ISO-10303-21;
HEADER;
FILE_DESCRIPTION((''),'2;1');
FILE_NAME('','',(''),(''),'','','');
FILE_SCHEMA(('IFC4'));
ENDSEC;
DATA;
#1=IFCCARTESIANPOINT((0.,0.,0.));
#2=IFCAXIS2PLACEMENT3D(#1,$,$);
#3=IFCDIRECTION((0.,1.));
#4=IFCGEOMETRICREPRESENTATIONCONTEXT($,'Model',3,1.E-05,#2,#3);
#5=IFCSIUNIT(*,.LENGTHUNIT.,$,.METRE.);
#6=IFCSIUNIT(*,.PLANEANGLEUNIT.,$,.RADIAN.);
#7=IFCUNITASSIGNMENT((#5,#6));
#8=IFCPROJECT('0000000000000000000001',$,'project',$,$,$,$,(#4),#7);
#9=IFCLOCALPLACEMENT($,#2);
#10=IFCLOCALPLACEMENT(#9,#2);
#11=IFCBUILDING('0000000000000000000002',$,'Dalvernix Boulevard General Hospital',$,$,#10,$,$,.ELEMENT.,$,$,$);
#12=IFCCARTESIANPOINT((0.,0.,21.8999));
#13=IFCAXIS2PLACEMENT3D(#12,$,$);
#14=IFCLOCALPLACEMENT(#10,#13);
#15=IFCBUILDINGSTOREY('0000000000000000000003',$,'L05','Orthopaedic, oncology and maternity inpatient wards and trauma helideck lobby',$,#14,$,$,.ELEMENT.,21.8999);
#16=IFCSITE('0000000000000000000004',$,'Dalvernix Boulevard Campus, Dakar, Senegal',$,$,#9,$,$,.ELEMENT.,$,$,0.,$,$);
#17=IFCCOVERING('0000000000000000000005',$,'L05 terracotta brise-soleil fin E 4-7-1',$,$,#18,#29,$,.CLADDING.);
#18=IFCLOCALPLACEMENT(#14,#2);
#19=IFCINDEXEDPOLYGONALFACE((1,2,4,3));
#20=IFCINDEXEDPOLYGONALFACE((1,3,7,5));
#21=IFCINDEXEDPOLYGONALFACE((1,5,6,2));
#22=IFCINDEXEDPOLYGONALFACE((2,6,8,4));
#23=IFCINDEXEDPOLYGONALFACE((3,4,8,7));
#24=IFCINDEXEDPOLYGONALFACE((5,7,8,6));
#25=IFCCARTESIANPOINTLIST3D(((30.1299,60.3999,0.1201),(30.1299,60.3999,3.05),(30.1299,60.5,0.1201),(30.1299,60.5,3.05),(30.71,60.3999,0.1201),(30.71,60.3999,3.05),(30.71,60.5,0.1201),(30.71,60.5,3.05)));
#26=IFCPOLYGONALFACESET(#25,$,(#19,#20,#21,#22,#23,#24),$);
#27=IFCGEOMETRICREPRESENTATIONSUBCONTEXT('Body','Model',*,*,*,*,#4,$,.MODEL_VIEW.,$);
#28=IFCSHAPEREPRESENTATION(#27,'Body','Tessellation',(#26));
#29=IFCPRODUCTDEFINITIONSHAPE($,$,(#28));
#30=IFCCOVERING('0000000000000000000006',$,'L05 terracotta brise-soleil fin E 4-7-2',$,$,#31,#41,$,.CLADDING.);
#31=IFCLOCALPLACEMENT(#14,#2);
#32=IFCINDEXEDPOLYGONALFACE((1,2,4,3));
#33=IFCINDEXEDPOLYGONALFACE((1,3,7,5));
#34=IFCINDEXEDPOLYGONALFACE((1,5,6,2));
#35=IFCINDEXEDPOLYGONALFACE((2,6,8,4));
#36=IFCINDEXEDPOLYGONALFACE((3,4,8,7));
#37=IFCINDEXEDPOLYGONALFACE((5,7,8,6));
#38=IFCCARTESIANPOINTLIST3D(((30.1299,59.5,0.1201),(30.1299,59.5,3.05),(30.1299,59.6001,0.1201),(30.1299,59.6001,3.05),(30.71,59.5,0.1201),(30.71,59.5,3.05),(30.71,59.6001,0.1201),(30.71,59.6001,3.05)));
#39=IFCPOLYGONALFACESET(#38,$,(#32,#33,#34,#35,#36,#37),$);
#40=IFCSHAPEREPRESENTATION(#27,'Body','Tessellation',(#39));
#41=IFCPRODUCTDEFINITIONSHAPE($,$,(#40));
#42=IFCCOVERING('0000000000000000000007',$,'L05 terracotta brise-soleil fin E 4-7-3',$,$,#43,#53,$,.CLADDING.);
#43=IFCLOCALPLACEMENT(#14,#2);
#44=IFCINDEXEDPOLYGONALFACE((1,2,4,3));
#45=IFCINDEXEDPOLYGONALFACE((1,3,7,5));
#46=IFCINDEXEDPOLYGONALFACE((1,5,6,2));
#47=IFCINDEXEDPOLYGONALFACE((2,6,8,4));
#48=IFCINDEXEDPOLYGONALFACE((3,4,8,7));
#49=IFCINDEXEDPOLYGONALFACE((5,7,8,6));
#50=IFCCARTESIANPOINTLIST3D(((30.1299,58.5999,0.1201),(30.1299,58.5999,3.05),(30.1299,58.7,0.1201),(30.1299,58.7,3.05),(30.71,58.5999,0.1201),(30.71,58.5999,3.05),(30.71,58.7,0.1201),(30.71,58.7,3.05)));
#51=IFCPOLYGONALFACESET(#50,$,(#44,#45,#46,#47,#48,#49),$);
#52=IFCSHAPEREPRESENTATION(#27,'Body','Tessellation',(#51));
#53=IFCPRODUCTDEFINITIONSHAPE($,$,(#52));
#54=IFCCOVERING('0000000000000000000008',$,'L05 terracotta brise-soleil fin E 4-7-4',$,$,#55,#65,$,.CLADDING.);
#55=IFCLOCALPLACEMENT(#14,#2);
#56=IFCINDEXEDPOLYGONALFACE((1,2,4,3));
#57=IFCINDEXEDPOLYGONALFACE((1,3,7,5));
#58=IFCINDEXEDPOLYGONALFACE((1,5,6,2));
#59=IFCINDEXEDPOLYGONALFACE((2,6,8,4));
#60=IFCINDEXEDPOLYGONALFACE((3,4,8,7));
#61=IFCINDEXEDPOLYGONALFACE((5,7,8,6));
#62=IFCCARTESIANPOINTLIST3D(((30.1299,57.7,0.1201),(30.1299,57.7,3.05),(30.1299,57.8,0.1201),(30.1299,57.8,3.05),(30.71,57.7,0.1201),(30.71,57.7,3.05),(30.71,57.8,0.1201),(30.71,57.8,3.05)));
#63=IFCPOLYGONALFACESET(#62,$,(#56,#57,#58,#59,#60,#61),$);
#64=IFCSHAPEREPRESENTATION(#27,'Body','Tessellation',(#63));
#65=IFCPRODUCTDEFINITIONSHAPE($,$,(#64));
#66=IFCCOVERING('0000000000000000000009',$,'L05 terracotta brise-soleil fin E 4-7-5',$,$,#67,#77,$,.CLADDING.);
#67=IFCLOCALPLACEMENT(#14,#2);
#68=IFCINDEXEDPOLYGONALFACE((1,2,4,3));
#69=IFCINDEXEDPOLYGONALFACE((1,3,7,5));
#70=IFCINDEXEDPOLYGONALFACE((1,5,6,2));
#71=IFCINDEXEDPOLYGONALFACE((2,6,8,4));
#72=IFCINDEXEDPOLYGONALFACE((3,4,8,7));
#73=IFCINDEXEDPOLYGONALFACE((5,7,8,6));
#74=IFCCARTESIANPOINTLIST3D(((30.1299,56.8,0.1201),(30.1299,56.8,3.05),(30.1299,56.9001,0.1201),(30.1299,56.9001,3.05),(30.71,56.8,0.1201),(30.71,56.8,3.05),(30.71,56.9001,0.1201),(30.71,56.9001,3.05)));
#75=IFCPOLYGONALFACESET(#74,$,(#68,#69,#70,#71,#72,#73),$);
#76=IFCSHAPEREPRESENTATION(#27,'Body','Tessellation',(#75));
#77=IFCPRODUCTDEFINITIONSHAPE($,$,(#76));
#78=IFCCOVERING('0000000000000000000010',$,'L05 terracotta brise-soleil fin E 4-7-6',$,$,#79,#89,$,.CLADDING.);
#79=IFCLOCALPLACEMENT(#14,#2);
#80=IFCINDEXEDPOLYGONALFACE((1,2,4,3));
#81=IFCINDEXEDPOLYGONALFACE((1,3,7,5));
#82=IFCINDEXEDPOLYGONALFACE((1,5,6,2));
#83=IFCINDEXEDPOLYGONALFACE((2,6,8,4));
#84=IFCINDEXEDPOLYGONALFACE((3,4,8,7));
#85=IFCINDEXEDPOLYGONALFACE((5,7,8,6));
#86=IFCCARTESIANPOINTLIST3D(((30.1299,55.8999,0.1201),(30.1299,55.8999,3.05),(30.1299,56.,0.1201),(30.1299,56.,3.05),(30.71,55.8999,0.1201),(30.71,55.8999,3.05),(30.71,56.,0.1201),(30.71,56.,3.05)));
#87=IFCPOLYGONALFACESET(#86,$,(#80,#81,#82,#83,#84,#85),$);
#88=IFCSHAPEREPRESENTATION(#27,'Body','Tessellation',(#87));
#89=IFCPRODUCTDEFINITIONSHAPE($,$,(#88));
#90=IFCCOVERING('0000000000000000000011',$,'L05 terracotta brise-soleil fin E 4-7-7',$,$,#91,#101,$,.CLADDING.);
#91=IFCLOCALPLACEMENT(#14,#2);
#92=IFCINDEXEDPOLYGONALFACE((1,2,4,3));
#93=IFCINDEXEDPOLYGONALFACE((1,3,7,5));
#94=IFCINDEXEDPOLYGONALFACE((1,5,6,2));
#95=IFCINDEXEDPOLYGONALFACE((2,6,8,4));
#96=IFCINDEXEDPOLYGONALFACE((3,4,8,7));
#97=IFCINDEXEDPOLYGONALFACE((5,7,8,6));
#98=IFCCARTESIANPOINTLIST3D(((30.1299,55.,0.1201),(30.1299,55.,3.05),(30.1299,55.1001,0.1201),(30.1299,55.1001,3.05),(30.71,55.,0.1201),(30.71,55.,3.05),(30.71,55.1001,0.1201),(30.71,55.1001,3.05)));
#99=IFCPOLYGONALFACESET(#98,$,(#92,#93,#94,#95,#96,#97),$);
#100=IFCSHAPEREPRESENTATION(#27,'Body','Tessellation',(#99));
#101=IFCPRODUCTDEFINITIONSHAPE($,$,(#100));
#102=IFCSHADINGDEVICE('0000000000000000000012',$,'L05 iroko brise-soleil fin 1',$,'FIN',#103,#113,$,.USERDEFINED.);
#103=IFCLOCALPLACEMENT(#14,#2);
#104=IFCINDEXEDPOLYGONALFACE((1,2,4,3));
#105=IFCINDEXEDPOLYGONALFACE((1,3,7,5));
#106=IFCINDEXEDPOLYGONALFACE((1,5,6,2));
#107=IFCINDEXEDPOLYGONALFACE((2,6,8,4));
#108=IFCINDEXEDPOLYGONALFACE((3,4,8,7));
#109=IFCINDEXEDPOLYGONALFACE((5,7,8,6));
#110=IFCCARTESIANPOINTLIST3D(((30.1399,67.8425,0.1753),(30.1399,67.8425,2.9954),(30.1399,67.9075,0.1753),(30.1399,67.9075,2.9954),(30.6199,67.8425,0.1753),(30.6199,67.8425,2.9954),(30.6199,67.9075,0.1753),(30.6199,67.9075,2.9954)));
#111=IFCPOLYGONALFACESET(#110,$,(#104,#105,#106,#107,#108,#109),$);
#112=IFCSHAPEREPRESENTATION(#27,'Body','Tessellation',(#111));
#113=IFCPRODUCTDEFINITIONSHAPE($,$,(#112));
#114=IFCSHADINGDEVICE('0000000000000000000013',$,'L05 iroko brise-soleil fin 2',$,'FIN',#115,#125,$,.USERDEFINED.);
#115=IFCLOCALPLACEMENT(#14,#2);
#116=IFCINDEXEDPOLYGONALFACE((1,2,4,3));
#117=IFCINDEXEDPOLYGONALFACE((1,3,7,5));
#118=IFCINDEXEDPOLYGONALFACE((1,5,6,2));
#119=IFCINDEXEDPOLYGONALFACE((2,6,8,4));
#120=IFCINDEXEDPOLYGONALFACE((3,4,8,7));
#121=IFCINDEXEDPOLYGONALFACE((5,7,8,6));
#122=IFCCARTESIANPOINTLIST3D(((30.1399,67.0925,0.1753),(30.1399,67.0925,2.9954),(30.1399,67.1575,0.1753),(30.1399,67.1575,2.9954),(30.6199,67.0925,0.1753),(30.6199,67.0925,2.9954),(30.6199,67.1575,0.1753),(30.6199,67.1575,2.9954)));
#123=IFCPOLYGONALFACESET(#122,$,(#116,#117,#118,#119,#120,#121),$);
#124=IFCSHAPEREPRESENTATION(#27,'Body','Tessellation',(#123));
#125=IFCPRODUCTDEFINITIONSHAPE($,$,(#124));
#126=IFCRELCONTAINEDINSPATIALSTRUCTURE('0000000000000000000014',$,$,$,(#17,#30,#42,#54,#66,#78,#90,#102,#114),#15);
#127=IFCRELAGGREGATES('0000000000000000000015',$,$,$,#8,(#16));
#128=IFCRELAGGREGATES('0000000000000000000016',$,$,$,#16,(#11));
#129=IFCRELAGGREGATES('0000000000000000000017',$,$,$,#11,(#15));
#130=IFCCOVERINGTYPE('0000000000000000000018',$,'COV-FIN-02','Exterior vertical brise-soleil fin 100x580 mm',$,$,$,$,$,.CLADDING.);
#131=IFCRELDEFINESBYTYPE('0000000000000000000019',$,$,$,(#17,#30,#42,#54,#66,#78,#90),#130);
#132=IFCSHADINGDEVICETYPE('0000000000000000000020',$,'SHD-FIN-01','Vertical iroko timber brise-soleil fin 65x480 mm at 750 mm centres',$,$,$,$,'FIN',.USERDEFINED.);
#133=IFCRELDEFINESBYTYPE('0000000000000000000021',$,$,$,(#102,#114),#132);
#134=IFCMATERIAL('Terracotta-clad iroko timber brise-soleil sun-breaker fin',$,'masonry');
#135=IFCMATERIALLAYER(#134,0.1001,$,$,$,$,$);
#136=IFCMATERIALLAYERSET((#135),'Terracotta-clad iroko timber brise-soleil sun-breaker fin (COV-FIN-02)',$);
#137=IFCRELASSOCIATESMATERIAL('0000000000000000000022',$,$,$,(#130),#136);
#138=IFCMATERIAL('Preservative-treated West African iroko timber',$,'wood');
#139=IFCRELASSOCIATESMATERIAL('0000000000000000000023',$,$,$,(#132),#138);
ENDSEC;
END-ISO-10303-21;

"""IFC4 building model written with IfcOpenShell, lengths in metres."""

from ifc_helpers import new_model, si_unit, direction, frame, origin, origin_2d, place, context, subcontext, project, spatial, rectangle, extrude, material, layer, layer_set, type_object, element, save


model = new_model("IFC4")

# Units and contexts
model_context = context("Model", 3, precision=1e-05, world=origin(), true_north=direction((0.0, 1.0)))
body_context = subcontext(model_context, "Body", "Model", "MODEL_VIEW")
ifc_project = project(units=[si_unit("LENGTHUNIT", "METRE"), si_unit("PLANEANGLEUNIT", "RADIAN")], contexts=[model_context])

# Site, building, storey
site_placement = place(None, origin())
site = spatial("IfcSite", under=ifc_project, at=site_placement, Name="Dalvernix Boulevard Campus, Dakar, Senegal", CompositionType="ELEMENT", RefElevation=0.0)
building_placement = place(site_placement, origin())
building = spatial("IfcBuilding", under=site, at=building_placement, Name="Dalvernix Boulevard General Hospital", CompositionType="ELEMENT")
storey_placement = place(building_placement, frame((0.0, 0.0, 21.8999)))
storey = spatial("IfcBuildingStorey", under=building, at=storey_placement, Name="L05", Description="Orthopaedic, oncology and maternity inpatient wards and trauma helideck lobby", CompositionType="ELEMENT", Elevation=21.8999)

# Coverings
ifc_material_1 = material(Name="Terracotta-clad iroko timber brise-soleil sun-breaker fin", Category="masonry")
ifc_layer_1 = layer(ifc_material_1, 0.1001)
ifc_layer_set_1 = layer_set([ifc_layer_1], Name="Terracotta-clad iroko timber brise-soleil sun-breaker fin (COV-FIN-02)")
covering_type_1 = type_object("IfcCoveringType", Name="COV-FIN-02", Description="Exterior vertical brise-soleil fin 100x580 mm", PredefinedType="CLADDING", material=ifc_layer_set_1)
for number, where, z_axis, x_axis, name in (
    (1, (30.4199, 60.45, 0.1201), (0.0, 0.0, 1.0), (0.0, -1.0, 0.0), "L05 terracotta brise-soleil fin E 4-7-1"),
    (2, (30.4199, 59.55, 0.1201), (0.0, 0.0, 1.0), (0.0, -1.0, 0.0), "L05 terracotta brise-soleil fin E 4-7-2"),
    (3, (30.4199, 58.6499, 0.1201), (0.0, 0.0, 1.0), (0.0, -1.0, 0.0), "L05 terracotta brise-soleil fin E 4-7-3"),
    (4, (30.4199, 57.75, 0.1201), (0.0, 0.0, 1.0), (0.0, -1.0, 0.0), "L05 terracotta brise-soleil fin E 4-7-4"),
    (5, (30.4199, 56.8501, 0.1201), (0.0, 0.0, 1.0), (0.0, -1.0, 0.0), "L05 terracotta brise-soleil fin E 4-7-5"),
    (6, (30.4199, 55.95, 0.1201), (0.0, 0.0, 1.0), (0.0, -1.0, 0.0), "L05 terracotta brise-soleil fin E 4-7-6"),
    (7, (30.4199, 55.05, 0.1201), (0.0, 0.0, 1.0), (0.0, -1.0, 0.0), "L05 terracotta brise-soleil fin E 4-7-7"),
):
    element("IfcCovering", number, at=place(storey_placement, frame(where, z_axis=z_axis, x_axis=x_axis)), inside=storey, type_object=covering_type_1, Name=name, PredefinedType="CLADDING", context=body_context, shape_type="SweptSolid", body=[
        extrude(rectangle(XDim=0.1001, YDim=0.5801, at=origin_2d()), origin(), (0.0, 0.0, 1.0), 2.9299),
    ])

# Shading devices
ifc_material_2 = material(Name="Preservative-treated West African iroko timber", Category="wood")
shading_device_type = type_object("IfcShadingDeviceType", Name="SHD-FIN-01", Description="Vertical iroko timber brise-soleil fin 65x480 mm at 750 mm centres", ElementType="FIN", PredefinedType="USERDEFINED", material=ifc_material_2)
for number, where, z_axis, x_axis, name in (
    (8, (30.3799, 67.875, 0.1753), (0.0, 0.0, 1.0), (0.0, -1.0, 0.0), "L05 iroko brise-soleil fin 1"),
    (9, (30.3799, 67.125, 0.1753), (0.0, 0.0, 1.0), (0.0, -1.0, 0.0), "L05 iroko brise-soleil fin 2"),
):
    element("IfcShadingDevice", number, at=place(storey_placement, frame(where, z_axis=z_axis, x_axis=x_axis)), inside=storey, type_object=shading_device_type, Name=name, ObjectType="FIN", PredefinedType="USERDEFINED", context=body_context, shape_type="SweptSolid", body=[
        extrude(rectangle(XDim=0.0649, YDim=0.48, at=origin_2d()), origin(), (0.0, 0.0, 1.0), 2.8201),
    ])

save(model, "model.ifc")
